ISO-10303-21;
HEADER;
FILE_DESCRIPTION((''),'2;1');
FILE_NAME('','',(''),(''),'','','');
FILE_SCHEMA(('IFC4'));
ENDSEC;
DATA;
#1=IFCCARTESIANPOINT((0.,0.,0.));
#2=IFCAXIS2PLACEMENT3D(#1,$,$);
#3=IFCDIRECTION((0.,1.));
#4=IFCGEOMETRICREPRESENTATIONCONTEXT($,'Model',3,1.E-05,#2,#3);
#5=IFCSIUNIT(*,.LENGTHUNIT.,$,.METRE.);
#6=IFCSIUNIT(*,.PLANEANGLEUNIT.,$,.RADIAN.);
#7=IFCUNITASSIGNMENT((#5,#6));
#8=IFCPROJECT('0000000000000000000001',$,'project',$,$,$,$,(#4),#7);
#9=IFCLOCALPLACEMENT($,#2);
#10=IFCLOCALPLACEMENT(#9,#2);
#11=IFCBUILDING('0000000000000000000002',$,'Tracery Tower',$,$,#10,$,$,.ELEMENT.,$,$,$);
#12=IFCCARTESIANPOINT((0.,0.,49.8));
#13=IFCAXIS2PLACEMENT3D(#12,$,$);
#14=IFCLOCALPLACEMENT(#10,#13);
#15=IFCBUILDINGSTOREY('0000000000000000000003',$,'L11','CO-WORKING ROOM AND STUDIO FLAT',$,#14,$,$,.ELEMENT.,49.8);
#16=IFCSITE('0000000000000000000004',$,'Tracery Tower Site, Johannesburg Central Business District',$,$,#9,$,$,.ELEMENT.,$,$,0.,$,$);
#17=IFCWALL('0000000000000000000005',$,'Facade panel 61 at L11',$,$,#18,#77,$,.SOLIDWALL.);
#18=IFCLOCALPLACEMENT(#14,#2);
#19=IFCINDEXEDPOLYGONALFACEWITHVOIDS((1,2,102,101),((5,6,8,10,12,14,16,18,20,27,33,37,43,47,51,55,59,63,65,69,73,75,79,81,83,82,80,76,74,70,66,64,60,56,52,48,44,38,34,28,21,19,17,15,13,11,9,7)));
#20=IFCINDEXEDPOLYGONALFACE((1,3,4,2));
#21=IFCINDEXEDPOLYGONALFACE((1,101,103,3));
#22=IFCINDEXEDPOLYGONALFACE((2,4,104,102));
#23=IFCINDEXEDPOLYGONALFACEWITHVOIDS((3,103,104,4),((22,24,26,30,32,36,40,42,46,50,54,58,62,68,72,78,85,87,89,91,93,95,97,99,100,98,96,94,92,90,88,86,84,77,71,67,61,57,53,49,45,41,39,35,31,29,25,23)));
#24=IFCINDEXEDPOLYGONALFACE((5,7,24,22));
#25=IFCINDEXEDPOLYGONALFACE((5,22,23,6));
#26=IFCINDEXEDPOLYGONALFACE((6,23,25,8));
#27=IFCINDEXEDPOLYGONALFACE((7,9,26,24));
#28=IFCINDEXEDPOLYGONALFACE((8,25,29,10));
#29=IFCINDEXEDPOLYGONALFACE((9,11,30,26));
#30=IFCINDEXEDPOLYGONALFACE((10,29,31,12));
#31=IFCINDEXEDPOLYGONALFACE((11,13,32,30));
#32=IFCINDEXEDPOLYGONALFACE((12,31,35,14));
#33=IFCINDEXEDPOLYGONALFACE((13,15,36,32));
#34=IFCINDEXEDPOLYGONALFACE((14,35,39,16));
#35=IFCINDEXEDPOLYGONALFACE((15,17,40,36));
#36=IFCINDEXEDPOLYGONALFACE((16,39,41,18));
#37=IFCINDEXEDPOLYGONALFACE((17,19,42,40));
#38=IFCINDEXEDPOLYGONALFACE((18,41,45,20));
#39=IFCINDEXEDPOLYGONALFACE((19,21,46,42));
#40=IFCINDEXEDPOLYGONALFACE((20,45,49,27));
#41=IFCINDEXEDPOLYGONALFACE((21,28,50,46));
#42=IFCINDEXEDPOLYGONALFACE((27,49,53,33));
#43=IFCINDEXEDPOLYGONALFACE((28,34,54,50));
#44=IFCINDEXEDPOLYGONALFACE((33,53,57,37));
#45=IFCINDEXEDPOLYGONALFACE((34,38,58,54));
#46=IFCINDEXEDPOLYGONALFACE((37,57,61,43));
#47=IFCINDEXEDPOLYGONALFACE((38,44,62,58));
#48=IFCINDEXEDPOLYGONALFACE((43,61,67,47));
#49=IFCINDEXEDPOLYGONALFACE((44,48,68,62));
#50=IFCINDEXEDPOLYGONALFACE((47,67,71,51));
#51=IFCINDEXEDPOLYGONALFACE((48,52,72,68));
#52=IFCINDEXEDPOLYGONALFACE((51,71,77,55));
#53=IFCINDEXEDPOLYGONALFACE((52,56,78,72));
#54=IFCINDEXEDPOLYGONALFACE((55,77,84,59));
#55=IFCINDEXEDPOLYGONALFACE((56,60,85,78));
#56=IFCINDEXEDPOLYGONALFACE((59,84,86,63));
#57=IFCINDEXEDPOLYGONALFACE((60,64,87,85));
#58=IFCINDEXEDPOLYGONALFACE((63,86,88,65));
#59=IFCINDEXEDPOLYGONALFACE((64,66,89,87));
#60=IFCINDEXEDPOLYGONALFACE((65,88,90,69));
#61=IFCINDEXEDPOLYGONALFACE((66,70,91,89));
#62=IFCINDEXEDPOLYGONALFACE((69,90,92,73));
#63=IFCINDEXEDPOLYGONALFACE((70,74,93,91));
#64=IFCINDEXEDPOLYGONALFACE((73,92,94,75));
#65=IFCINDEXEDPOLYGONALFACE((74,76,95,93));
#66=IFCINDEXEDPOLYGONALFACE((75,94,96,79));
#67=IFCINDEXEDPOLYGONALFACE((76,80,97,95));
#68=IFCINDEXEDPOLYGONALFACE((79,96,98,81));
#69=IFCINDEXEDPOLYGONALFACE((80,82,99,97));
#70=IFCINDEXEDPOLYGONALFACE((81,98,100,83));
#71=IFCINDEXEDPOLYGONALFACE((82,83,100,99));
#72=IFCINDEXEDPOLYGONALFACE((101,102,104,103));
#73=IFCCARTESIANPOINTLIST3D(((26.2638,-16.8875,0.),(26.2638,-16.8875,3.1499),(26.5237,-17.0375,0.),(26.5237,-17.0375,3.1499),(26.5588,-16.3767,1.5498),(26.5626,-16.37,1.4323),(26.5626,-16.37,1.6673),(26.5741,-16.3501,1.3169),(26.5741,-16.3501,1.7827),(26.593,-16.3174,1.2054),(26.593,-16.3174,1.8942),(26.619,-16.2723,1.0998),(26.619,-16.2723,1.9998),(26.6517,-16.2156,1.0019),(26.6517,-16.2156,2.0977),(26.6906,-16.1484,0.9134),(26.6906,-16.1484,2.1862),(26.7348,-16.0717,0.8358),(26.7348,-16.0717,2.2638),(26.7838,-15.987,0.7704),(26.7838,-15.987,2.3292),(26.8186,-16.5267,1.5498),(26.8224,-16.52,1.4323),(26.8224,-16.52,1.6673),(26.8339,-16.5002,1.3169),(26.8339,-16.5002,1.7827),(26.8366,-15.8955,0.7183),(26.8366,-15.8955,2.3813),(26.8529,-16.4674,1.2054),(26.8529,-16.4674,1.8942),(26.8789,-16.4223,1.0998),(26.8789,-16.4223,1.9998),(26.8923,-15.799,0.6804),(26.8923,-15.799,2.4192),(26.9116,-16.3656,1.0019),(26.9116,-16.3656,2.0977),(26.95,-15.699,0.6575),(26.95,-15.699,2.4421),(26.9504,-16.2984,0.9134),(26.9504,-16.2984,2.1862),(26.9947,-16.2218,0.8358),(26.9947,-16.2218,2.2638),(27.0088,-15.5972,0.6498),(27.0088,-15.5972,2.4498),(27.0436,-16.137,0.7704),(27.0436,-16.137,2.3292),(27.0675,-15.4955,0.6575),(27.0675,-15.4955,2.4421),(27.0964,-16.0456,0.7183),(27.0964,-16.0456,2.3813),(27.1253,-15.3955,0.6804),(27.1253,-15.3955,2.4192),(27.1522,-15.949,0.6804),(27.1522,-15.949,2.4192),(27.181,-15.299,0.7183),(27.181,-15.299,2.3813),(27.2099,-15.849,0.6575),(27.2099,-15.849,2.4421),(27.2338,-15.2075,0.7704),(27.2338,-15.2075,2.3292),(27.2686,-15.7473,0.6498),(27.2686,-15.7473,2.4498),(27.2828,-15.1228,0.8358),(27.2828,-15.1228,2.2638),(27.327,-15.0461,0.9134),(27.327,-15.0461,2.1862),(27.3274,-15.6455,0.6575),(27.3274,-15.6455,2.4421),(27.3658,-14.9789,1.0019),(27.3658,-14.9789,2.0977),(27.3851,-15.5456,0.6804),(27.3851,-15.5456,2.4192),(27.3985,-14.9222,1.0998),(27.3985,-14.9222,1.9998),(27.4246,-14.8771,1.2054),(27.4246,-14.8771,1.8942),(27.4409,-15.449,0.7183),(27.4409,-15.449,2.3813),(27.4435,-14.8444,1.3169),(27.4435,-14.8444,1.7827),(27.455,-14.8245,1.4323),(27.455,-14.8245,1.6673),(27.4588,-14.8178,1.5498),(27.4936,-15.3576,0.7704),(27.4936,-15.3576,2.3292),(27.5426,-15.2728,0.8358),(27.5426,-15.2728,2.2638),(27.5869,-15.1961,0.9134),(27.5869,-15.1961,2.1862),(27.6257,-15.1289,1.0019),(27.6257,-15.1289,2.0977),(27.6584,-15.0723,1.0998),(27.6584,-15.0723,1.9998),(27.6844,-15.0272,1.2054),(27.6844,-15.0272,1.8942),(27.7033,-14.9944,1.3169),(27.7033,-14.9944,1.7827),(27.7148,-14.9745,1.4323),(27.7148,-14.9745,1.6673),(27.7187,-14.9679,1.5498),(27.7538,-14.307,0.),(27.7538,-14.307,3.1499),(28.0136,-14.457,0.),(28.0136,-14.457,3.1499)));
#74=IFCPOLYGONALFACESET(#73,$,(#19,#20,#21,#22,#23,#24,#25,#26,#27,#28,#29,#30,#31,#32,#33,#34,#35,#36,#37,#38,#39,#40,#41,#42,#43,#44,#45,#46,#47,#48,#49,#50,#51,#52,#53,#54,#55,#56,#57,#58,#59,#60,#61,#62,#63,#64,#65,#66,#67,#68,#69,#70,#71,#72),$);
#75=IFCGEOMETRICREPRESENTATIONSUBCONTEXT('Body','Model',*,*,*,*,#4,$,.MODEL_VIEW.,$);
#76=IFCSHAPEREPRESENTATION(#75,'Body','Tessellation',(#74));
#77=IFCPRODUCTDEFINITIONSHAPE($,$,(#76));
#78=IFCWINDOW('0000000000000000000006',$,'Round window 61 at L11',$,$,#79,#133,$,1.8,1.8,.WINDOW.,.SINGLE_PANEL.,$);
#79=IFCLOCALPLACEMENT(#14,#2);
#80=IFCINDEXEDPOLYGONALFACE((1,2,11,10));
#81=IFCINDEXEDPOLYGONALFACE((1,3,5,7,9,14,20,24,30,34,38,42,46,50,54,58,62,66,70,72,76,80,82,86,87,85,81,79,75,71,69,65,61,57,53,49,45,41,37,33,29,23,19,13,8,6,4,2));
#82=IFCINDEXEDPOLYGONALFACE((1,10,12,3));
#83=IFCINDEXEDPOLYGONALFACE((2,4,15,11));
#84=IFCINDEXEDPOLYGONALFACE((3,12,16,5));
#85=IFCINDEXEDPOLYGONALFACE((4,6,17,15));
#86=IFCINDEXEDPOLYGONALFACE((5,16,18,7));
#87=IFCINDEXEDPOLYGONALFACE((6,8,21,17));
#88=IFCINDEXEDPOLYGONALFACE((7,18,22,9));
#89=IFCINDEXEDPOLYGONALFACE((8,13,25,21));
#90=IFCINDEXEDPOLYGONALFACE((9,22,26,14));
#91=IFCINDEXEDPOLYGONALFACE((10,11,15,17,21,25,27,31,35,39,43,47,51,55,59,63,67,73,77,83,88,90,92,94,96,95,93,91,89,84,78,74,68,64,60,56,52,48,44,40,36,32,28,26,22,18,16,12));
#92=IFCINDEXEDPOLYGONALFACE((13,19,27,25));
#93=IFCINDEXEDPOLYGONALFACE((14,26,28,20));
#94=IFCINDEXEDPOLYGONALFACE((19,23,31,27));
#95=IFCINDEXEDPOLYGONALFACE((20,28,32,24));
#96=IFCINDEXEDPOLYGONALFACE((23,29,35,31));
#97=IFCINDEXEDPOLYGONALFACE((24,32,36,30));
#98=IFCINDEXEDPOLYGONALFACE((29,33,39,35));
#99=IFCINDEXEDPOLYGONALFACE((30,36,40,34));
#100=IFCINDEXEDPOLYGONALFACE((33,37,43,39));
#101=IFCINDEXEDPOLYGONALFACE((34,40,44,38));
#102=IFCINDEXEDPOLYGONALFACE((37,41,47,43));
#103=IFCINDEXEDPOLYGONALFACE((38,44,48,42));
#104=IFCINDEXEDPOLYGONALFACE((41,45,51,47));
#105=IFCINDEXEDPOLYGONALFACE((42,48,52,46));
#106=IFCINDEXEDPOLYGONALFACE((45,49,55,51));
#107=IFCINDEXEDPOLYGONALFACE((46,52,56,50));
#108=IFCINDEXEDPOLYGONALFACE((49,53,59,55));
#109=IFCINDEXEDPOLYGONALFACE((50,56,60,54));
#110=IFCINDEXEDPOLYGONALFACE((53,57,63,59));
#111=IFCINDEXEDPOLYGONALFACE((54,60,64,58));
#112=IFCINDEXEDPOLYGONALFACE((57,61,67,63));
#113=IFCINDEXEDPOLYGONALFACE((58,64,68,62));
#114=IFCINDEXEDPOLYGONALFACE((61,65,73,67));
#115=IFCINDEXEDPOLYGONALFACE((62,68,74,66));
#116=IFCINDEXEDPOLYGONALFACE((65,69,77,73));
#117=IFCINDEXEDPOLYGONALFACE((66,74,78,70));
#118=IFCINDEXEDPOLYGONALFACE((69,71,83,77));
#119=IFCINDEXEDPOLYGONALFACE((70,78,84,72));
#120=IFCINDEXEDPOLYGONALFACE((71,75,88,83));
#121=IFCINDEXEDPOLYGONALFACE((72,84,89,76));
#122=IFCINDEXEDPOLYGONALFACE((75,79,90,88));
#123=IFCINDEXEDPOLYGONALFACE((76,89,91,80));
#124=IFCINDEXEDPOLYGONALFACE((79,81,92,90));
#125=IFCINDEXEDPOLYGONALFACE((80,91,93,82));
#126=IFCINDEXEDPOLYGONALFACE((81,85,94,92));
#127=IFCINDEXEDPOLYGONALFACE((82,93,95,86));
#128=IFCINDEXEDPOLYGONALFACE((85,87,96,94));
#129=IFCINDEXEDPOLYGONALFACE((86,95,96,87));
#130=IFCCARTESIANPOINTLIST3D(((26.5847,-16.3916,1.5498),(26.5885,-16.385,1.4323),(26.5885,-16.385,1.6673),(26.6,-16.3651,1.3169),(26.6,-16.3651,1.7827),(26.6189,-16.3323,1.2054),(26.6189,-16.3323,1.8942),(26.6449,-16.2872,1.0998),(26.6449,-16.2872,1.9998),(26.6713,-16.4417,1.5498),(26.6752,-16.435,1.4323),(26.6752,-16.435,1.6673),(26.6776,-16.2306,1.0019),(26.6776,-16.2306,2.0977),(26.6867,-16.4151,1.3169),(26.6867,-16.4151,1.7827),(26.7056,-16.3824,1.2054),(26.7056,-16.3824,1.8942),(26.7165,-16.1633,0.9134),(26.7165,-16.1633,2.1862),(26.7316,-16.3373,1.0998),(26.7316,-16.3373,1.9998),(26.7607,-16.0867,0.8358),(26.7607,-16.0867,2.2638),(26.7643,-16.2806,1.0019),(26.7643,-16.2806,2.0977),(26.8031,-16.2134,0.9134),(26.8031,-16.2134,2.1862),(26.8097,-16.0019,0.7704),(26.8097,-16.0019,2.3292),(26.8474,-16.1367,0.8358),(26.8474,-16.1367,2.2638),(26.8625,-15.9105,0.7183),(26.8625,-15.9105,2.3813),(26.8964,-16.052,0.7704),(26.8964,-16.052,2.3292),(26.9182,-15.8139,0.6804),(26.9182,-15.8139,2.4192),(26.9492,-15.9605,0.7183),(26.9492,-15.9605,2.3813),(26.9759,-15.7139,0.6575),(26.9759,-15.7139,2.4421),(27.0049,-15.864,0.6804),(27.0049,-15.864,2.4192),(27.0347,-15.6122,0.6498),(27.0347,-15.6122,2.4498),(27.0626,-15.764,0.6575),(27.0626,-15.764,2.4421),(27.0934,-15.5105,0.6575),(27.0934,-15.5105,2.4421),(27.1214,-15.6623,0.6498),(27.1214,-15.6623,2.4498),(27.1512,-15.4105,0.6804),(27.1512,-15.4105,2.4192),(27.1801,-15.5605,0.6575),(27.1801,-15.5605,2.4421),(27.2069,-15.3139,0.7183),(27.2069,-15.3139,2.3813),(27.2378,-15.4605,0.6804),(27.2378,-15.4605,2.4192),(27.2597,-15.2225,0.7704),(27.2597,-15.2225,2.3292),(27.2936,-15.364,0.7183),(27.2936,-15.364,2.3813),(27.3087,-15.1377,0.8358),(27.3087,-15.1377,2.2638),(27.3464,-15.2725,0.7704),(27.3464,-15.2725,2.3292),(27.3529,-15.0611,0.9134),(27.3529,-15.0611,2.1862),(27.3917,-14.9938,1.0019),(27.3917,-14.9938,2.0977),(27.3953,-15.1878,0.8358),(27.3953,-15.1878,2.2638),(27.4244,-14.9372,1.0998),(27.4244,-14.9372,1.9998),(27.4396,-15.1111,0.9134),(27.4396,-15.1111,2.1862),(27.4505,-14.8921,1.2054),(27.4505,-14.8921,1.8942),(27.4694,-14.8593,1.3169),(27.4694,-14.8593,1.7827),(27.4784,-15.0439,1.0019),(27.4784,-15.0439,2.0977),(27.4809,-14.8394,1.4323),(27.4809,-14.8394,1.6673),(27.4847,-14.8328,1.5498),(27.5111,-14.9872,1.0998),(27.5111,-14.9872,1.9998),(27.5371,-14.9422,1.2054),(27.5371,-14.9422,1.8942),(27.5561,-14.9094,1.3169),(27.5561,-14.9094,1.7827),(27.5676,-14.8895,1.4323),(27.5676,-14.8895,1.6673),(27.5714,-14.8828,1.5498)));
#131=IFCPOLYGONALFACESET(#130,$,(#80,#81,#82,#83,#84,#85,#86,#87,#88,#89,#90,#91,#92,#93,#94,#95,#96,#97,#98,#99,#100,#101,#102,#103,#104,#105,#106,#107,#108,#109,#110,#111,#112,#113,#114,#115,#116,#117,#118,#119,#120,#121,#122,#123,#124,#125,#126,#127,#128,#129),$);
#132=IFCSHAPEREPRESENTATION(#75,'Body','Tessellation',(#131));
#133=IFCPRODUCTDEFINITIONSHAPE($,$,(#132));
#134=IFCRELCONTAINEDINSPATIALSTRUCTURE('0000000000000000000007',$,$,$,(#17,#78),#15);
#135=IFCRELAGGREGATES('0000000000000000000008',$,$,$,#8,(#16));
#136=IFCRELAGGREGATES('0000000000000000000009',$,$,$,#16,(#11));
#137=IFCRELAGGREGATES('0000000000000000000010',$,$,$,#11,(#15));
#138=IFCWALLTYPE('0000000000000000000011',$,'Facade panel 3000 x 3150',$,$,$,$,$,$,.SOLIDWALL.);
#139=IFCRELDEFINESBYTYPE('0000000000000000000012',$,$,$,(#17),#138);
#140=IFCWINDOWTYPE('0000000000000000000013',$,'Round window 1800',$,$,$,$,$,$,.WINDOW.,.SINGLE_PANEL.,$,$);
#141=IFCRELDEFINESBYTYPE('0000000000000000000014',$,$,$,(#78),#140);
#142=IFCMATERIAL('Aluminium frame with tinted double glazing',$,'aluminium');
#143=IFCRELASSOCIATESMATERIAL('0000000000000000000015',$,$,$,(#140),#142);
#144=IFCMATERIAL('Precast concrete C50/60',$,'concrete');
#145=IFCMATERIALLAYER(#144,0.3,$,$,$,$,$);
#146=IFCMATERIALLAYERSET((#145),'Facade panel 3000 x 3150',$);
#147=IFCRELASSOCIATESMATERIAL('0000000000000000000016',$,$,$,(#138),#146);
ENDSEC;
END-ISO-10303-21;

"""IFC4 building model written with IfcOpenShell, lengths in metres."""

from ifc_helpers import new_model, si_unit, direction, frame, frame_2d, origin, origin_2d, place, context, subcontext, project, spatial, rectangle, circle, extrude, material, layer, layer_set, type_object, element, fill, save


model = new_model("IFC4")

# Units and contexts
model_context = context("Model", 3, precision=1e-05, world=origin(), true_north=direction((0.0, 1.0)))
body_context = subcontext(model_context, "Body", "Model", "MODEL_VIEW")
ifc_project = project(units=[si_unit("LENGTHUNIT", "METRE"), si_unit("PLANEANGLEUNIT", "RADIAN")], contexts=[model_context])

# Site, building, storey
site_placement = place(None, origin())
site = spatial("IfcSite", under=ifc_project, at=site_placement, Name="Tracery Tower Site, Johannesburg Central Business District", CompositionType="ELEMENT", RefElevation=0.0)
building_placement = place(site_placement, origin())
building = spatial("IfcBuilding", under=site, at=building_placement, Name="Tracery Tower", CompositionType="ELEMENT")
storey_placement = place(building_placement, frame((0.0, 0.0, 49.8)))
storey = spatial("IfcBuildingStorey", under=building, at=storey_placement, Name="L11", Description="CO-WORKING ROOM AND STUDIO FLAT", CompositionType="ELEMENT", Elevation=49.8)

# Wall, opening, window
ifc_material_1 = material(Name="Aluminium frame with tinted double glazing", Category="aluminium")
window_type = type_object("IfcWindowType", Name="Round window 1800", PartitioningType="SINGLE_PANEL", PredefinedType="WINDOW", material=ifc_material_1)
ifc_material_2 = material(Name="Precast concrete C50/60", Category="concrete")
ifc_layer_1 = layer(ifc_material_2, 0.3)
ifc_layer_set_1 = layer_set([ifc_layer_1], Name="Facade panel 3000 x 3150")
wall_type_1 = type_object("IfcWallType", Name="Facade panel 3000 x 3150", PredefinedType="SOLIDWALL", material=ifc_layer_set_1)
wall_1_placement = place(storey_placement, frame((26.3938, -16.9624, 0.0), z_axis=(0.0, 0.0, 1.0), x_axis=(0.500025, 0.866011, 0.0)))
wall_1 = element("IfcWall", 1, at=wall_1_placement, inside=storey, type_object=wall_type_1, Name="Facade panel 61 at L11", PredefinedType="SOLIDWALL", context=body_context, shape_type="SweptSolid", body=[
    extrude(rectangle(XDim=2.9797, YDim=0.3, at=frame_2d((1.4897, 0.0))), origin(), (0.0, 0.0, 1.0), 3.1499),
])
opening_1_placement = place(wall_1_placement, frame((1.4897, 0.0, 1.5498)))
opening_1 = element("IfcOpeningElement", 2, at=opening_1_placement, cuts=wall_1, PredefinedType="OPENING", context=body_context, shape_type="SweptSolid", body=[
    extrude(circle(Radius=0.9, at=origin_2d()), frame((0.0, 0.1599, 0.0), z_axis=(0.0, -1.0, 0.0), x_axis=(1.0, 0.0, 0.0)), (0.0, 0.0, 1.0), 0.3201),
])
window_1_placement = place(opening_1_placement, origin())
window_1 = element("IfcWindow", 3, at=window_1_placement, inside=storey, type_object=window_type, Name="Round window 61 at L11", OverallHeight=1.8, OverallWidth=1.8, PartitioningType="SINGLE_PANEL", PredefinedType="WINDOW", context=body_context, shape_type="SweptSolid", body=[
    extrude(circle(Radius=0.9, at=origin_2d()), frame((0.0, 0.1201, 0.0), z_axis=(0.0, -1.0, 0.0), x_axis=(1.0, 0.0, 0.0)), (0.0, 0.0, 1.0), 0.1001),
])
fill(opening_1, window_1)

save(model, "model.ifc")
